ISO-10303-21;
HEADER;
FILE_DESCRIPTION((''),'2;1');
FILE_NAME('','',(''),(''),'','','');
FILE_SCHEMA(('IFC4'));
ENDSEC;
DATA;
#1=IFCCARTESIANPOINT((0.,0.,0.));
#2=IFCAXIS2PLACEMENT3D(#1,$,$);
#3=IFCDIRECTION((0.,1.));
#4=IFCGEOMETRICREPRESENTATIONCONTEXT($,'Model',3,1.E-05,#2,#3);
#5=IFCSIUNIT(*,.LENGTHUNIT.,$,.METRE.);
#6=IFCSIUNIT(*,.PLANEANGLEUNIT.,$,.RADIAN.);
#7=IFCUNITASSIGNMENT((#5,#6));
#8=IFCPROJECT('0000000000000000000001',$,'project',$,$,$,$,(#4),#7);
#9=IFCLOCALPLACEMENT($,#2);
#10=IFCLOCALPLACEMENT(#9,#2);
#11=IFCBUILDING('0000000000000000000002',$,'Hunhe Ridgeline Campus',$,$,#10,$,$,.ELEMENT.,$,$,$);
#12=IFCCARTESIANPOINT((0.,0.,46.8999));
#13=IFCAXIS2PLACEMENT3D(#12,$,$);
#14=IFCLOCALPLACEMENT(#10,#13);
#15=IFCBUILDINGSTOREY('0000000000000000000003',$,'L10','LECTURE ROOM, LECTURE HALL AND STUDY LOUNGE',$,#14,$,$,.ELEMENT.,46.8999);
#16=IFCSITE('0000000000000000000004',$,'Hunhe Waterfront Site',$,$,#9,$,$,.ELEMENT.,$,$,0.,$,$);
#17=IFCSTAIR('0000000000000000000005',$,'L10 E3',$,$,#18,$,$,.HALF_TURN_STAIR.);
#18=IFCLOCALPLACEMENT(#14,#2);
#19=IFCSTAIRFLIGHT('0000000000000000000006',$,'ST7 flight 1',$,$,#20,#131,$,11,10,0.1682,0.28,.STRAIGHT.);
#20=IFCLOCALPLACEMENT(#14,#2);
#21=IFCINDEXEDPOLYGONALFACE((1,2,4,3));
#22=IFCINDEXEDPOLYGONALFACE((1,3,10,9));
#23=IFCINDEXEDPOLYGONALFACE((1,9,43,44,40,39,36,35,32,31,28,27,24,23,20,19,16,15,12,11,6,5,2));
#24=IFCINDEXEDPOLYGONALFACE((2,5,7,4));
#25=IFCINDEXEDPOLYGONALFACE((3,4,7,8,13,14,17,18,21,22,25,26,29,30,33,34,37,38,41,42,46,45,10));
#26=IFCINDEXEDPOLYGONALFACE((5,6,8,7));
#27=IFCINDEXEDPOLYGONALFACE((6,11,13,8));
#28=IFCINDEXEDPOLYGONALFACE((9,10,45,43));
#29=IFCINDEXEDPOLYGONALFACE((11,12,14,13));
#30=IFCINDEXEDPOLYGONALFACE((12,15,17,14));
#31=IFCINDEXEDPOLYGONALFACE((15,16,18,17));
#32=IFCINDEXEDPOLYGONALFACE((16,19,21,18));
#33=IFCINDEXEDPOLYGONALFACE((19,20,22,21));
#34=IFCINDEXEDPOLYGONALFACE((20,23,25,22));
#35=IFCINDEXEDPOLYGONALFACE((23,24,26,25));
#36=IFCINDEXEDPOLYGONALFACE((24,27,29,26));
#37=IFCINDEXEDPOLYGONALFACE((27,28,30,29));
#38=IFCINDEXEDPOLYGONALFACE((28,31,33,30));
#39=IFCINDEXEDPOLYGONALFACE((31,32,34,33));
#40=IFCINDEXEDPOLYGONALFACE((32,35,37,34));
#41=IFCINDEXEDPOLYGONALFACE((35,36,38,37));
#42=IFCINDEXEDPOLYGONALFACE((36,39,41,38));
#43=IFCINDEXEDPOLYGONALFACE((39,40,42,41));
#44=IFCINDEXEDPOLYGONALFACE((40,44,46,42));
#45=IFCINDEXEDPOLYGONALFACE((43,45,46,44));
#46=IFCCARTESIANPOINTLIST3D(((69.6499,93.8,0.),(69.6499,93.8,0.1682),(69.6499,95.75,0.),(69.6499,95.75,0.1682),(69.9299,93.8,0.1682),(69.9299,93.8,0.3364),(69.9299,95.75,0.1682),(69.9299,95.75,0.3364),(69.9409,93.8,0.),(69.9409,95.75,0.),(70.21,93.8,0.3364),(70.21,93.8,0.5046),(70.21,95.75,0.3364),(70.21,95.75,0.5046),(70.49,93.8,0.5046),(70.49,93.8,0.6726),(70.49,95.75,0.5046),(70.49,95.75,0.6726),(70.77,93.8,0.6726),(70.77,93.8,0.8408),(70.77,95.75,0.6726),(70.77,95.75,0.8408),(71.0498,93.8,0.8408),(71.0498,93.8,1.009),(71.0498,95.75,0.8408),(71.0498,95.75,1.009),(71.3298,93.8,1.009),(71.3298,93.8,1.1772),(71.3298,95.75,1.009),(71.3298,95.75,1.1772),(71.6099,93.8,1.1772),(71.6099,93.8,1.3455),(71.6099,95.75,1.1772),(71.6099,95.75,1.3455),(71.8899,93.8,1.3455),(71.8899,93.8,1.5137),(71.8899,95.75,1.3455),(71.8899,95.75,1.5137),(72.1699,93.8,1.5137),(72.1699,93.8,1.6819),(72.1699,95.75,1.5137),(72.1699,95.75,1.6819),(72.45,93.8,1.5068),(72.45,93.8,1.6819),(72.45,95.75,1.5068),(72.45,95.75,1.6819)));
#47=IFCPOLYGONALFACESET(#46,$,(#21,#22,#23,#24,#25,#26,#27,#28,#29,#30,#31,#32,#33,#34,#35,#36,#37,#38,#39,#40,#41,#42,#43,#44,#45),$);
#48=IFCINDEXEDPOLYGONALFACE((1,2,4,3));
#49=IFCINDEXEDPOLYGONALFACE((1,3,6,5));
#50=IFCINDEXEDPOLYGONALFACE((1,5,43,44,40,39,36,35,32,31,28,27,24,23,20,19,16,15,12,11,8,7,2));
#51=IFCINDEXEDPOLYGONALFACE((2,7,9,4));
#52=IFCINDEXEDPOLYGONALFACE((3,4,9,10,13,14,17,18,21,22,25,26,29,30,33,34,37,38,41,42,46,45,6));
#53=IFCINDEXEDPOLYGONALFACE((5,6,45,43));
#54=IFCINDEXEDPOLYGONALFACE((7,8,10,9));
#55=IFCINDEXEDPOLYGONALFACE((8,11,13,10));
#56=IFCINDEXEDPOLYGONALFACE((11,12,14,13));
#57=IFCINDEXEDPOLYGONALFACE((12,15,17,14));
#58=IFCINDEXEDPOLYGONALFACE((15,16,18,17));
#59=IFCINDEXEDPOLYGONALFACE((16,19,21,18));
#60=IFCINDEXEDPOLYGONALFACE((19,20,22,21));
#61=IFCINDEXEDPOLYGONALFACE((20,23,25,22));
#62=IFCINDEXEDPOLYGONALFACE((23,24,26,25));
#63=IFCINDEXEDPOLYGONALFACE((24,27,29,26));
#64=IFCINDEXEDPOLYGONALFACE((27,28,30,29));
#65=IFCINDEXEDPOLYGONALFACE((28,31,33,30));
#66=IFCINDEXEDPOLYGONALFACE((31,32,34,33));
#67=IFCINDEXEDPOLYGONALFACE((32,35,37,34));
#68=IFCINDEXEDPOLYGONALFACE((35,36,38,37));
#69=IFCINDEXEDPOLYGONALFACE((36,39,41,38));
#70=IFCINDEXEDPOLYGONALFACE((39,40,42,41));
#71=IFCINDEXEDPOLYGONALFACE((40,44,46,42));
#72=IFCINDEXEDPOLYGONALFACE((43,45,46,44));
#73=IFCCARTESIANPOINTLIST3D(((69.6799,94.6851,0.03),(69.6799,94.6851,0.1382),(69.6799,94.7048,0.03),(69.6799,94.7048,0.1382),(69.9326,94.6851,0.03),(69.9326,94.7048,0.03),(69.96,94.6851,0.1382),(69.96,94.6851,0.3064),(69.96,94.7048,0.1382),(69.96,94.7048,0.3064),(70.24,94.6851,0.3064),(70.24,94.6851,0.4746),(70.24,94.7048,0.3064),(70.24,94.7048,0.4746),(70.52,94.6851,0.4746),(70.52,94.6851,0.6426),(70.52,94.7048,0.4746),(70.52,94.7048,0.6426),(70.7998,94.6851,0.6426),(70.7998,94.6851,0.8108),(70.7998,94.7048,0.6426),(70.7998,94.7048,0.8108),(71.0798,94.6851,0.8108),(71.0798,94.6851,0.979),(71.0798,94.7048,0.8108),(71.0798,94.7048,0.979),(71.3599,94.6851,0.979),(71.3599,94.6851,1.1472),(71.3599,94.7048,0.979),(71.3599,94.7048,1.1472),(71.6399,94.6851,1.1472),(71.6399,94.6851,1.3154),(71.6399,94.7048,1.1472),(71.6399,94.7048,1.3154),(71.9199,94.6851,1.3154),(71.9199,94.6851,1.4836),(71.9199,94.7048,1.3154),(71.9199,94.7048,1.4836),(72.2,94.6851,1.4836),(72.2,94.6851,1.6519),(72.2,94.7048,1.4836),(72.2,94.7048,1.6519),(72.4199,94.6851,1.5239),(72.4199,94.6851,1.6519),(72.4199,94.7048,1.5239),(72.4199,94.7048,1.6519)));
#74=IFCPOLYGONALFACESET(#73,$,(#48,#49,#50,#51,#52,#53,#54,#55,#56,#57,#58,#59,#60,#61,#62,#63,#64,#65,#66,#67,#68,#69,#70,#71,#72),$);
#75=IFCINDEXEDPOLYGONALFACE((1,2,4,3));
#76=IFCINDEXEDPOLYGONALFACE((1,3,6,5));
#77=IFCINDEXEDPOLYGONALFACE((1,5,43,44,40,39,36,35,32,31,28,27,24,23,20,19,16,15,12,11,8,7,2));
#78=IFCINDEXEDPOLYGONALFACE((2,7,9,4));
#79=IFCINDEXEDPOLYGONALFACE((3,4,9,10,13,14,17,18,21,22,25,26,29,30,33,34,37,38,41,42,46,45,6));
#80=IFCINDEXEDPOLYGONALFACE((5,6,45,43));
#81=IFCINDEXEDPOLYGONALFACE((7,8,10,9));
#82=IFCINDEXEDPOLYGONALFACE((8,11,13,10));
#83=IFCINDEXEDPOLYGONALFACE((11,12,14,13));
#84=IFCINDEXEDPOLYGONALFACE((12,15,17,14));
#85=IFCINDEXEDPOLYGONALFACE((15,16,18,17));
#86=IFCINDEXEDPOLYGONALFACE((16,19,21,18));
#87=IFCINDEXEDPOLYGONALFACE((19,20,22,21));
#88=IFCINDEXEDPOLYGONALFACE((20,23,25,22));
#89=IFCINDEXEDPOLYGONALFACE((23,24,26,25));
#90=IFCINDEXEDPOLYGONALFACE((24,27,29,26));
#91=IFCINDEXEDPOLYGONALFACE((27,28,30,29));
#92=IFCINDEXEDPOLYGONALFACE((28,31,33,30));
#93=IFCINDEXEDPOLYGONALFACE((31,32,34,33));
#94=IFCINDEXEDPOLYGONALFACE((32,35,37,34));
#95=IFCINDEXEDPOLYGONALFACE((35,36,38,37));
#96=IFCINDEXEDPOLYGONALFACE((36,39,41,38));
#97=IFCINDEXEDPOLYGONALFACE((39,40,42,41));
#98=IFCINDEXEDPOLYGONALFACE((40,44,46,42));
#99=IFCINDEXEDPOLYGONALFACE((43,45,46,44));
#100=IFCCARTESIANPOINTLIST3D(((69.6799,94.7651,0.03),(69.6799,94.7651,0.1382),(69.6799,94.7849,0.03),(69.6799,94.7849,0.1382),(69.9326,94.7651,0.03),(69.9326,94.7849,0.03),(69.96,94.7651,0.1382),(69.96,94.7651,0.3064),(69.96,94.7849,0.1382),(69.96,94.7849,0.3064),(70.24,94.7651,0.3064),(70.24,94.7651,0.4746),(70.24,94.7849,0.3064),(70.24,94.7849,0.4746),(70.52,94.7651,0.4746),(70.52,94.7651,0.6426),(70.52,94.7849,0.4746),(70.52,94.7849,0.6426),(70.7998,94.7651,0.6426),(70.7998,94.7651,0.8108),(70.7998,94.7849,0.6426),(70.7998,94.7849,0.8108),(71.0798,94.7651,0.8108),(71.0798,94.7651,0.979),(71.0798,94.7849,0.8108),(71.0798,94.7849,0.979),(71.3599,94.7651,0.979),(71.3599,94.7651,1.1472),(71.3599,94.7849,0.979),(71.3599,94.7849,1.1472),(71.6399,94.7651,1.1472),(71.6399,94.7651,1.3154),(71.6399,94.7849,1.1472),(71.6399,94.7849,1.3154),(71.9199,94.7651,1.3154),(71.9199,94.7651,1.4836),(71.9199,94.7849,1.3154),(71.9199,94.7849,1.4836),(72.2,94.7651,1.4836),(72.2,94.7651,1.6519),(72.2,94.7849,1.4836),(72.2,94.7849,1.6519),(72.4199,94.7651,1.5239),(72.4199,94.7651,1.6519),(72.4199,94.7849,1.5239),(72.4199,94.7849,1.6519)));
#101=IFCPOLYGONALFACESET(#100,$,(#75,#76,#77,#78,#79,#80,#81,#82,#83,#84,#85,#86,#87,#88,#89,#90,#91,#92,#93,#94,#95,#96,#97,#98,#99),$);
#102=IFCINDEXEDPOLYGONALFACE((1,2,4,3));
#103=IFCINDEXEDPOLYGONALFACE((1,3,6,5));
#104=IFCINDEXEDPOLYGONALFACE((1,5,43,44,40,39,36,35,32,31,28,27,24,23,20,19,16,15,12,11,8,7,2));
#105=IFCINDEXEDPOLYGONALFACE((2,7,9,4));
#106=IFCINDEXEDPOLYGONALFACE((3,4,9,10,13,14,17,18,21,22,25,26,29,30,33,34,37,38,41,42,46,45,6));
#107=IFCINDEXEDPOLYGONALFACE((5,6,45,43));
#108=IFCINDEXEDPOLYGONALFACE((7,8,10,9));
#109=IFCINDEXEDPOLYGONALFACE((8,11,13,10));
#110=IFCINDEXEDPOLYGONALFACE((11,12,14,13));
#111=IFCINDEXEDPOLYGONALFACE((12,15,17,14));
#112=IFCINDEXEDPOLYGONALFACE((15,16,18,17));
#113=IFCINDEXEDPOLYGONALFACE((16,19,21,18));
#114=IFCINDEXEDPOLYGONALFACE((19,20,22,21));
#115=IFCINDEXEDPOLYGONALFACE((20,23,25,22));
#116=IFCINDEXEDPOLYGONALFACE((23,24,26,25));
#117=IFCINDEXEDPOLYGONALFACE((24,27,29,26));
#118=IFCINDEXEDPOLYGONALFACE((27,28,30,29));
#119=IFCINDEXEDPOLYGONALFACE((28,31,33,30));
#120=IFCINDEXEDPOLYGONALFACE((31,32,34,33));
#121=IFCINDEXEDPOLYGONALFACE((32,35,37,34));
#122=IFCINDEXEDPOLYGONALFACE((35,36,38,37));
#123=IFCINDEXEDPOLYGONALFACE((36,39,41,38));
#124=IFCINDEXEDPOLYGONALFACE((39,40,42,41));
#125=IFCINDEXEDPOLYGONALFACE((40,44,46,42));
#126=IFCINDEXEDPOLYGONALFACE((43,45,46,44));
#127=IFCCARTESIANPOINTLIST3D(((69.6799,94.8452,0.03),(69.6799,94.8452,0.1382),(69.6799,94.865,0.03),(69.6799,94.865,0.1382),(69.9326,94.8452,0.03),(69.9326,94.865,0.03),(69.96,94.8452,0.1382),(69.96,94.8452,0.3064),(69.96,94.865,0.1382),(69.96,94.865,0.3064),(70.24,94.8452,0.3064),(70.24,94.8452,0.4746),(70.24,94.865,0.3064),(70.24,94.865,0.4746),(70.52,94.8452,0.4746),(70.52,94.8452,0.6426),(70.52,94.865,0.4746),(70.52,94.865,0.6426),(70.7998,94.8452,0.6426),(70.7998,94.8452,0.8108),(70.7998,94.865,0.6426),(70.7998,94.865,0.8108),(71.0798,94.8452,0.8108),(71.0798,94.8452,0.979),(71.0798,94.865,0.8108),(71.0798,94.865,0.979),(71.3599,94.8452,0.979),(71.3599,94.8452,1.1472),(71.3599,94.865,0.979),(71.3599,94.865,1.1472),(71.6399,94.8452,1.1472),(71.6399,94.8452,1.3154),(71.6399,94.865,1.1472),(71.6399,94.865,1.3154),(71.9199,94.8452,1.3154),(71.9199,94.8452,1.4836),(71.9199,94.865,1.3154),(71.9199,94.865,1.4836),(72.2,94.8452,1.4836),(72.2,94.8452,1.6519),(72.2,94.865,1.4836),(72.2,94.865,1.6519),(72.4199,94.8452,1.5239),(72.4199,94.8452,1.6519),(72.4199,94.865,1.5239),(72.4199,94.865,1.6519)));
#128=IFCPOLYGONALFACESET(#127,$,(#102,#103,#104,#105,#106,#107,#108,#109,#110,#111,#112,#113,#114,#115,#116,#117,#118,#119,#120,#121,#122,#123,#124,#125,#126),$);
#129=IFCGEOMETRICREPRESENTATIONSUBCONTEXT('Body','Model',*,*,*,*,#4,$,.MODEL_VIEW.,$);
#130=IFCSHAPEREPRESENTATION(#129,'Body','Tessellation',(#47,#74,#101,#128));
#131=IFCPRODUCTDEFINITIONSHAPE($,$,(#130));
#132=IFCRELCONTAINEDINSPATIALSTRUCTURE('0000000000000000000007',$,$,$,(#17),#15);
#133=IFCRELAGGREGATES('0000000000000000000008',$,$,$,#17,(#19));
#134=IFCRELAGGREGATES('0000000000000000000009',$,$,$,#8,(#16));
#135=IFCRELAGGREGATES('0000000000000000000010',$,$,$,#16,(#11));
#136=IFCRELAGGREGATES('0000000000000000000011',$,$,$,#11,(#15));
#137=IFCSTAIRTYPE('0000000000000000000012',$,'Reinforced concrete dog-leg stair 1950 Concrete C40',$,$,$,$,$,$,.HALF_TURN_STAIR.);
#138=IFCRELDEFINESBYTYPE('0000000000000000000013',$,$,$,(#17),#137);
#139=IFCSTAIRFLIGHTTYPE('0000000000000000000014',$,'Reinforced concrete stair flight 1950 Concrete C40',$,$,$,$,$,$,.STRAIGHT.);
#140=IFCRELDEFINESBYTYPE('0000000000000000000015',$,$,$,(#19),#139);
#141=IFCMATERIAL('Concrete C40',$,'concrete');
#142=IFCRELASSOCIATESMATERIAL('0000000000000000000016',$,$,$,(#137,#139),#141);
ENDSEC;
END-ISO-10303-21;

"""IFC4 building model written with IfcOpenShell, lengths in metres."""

from ifc_helpers import new_model, si_unit, direction, frame, origin, place, context, subcontext, project, spatial, polyline, outline, extrude, material, type_object, element, aggregate, save


model = new_model("IFC4")

# Units and contexts
model_context = context("Model", 3, precision=1e-05, world=origin(), true_north=direction((0.0, 1.0)))
body_context = subcontext(model_context, "Body", "Model", "MODEL_VIEW")
ifc_project = project(units=[si_unit("LENGTHUNIT", "METRE"), si_unit("PLANEANGLEUNIT", "RADIAN")], contexts=[model_context])

# Site, building, storey
site_placement = place(None, origin())
site = spatial("IfcSite", under=ifc_project, at=site_placement, Name="Hunhe Waterfront Site", CompositionType="ELEMENT", RefElevation=0.0)
building_placement = place(site_placement, origin())
building = spatial("IfcBuilding", under=site, at=building_placement, Name="Hunhe Ridgeline Campus", CompositionType="ELEMENT")
storey_placement = place(building_placement, frame((0.0, 0.0, 46.8999)))
storey = spatial("IfcBuildingStorey", under=building, at=storey_placement, Name="L10", Description="LECTURE ROOM, LECTURE HALL AND STUDY LOUNGE", CompositionType="ELEMENT", Elevation=46.8999)

# Shared definitions
ifc_material_1 = material(Name="Concrete C40", Category="concrete")
stair_type = type_object("IfcStairType", Name="Reinforced concrete dog-leg stair 1950 Concrete C40", PredefinedType="HALF_TURN_STAIR", material=ifc_material_1)
stair_flight_type = type_object("IfcStairFlightType", Name="Reinforced concrete stair flight 1950 Concrete C40", PredefinedType="STRAIGHT", material=ifc_material_1)

# Stair, stair flight
stair_1_placement = place(storey_placement, origin())
stair_1 = element("IfcStair", 1, at=stair_1_placement, inside=storey, type_object=stair_type, Name="L10 E3", PredefinedType="HALF_TURN_STAIR")
stair_flight_1_placement = place(storey_placement, frame((69.6499, 94.7749, 0.0), z_axis=(0.0, 0.0, 1.0), x_axis=(1.0, 0.0, 0.0)))
stair_flight_1 = element("IfcStairFlight", 2, at=stair_flight_1_placement, type_object=stair_flight_type, Name="ST7 flight 1", NumberOfRisers=11, NumberOfTreads=10, PredefinedType="STRAIGHT", RiserHeight=0.1682, TreadLength=0.28, context=body_context, shape_type="SweptSolid", body=[
    extrude(outline(polyline([(0.0, 0.0), (0.0, 0.1682), (0.28, 0.1682), (0.28, 0.3364), (0.5601, 0.3364), (0.5601, 0.5046), (0.8401, 0.5046), (0.8401, 0.6726), (1.1201, 0.6726), (1.1201, 0.8408), (1.3999, 0.8408), (1.3999, 1.009), (1.6799, 1.009), (1.6799, 1.1772), (1.96, 1.1772), (1.96, 1.3455), (2.24, 1.3455), (2.24, 1.5137), (2.52, 1.5137), (2.52, 1.6819), (2.8, 1.6819), (2.8, 1.8501), (2.8, 1.5068), (0.291, 0.0), (0.0, 0.0)])), frame((0.0, 0.9751, 0.0), z_axis=(0.0, -1.0, 0.0), x_axis=(1.0, 0.0, 0.0)), (0.0, 0.0, 1.0), 1.95),
    extrude(outline(polyline([(0.03, 0.03), (0.03, 0.1382), (0.3101, 0.1382), (0.3101, 0.3064), (0.5901, 0.3064), (0.5901, 0.4746), (0.8701, 0.4746), (0.8701, 0.6426), (1.1499, 0.6426), (1.1499, 0.8108), (1.4299, 0.8108), (1.4299, 0.979), (1.71, 0.979), (1.71, 1.1472), (1.99, 1.1472), (1.99, 1.3154), (2.27, 1.3154), (2.27, 1.4836), (2.55, 1.4836), (2.55, 1.6519), (2.77, 1.6519), (2.77, 1.5239), (0.2827, 0.03), (0.03, 0.03)])), frame((0.0, -0.0701, 0.0), z_axis=(0.0, -1.0, 0.0), x_axis=(1.0, 0.0, 0.0)), (0.0, 0.0, 1.0), 0.0198),
    extrude(outline(polyline([(0.03, 0.03), (0.03, 0.1382), (0.3101, 0.1382), (0.3101, 0.3064), (0.5901, 0.3064), (0.5901, 0.4746), (0.8701, 0.4746), (0.8701, 0.6426), (1.1499, 0.6426), (1.1499, 0.8108), (1.4299, 0.8108), (1.4299, 0.979), (1.71, 0.979), (1.71, 1.1472), (1.99, 1.1472), (1.99, 1.3154), (2.27, 1.3154), (2.27, 1.4836), (2.55, 1.4836), (2.55, 1.6519), (2.77, 1.6519), (2.77, 1.5239), (0.2827, 0.03), (0.03, 0.03)])), frame((0.0, 0.01, 0.0), z_axis=(0.0, -1.0, 0.0), x_axis=(1.0, 0.0, 0.0)), (0.0, 0.0, 1.0), 0.0198),
    extrude(outline(polyline([(0.03, 0.03), (0.03, 0.1382), (0.3101, 0.1382), (0.3101, 0.3064), (0.5901, 0.3064), (0.5901, 0.4746), (0.8701, 0.4746), (0.8701, 0.6426), (1.1499, 0.6426), (1.1499, 0.8108), (1.4299, 0.8108), (1.4299, 0.979), (1.71, 0.979), (1.71, 1.1472), (1.99, 1.1472), (1.99, 1.3154), (2.27, 1.3154), (2.27, 1.4836), (2.55, 1.4836), (2.55, 1.6519), (2.77, 1.6519), (2.77, 1.5239), (0.2827, 0.03), (0.03, 0.03)])), frame((0.0, 0.0901, 0.0), z_axis=(0.0, -1.0, 0.0), x_axis=(1.0, 0.0, 0.0)), (0.0, 0.0, 1.0), 0.0198),
])
aggregate(stair_1, [stair_flight_1])

save(model, "model.ifc")
